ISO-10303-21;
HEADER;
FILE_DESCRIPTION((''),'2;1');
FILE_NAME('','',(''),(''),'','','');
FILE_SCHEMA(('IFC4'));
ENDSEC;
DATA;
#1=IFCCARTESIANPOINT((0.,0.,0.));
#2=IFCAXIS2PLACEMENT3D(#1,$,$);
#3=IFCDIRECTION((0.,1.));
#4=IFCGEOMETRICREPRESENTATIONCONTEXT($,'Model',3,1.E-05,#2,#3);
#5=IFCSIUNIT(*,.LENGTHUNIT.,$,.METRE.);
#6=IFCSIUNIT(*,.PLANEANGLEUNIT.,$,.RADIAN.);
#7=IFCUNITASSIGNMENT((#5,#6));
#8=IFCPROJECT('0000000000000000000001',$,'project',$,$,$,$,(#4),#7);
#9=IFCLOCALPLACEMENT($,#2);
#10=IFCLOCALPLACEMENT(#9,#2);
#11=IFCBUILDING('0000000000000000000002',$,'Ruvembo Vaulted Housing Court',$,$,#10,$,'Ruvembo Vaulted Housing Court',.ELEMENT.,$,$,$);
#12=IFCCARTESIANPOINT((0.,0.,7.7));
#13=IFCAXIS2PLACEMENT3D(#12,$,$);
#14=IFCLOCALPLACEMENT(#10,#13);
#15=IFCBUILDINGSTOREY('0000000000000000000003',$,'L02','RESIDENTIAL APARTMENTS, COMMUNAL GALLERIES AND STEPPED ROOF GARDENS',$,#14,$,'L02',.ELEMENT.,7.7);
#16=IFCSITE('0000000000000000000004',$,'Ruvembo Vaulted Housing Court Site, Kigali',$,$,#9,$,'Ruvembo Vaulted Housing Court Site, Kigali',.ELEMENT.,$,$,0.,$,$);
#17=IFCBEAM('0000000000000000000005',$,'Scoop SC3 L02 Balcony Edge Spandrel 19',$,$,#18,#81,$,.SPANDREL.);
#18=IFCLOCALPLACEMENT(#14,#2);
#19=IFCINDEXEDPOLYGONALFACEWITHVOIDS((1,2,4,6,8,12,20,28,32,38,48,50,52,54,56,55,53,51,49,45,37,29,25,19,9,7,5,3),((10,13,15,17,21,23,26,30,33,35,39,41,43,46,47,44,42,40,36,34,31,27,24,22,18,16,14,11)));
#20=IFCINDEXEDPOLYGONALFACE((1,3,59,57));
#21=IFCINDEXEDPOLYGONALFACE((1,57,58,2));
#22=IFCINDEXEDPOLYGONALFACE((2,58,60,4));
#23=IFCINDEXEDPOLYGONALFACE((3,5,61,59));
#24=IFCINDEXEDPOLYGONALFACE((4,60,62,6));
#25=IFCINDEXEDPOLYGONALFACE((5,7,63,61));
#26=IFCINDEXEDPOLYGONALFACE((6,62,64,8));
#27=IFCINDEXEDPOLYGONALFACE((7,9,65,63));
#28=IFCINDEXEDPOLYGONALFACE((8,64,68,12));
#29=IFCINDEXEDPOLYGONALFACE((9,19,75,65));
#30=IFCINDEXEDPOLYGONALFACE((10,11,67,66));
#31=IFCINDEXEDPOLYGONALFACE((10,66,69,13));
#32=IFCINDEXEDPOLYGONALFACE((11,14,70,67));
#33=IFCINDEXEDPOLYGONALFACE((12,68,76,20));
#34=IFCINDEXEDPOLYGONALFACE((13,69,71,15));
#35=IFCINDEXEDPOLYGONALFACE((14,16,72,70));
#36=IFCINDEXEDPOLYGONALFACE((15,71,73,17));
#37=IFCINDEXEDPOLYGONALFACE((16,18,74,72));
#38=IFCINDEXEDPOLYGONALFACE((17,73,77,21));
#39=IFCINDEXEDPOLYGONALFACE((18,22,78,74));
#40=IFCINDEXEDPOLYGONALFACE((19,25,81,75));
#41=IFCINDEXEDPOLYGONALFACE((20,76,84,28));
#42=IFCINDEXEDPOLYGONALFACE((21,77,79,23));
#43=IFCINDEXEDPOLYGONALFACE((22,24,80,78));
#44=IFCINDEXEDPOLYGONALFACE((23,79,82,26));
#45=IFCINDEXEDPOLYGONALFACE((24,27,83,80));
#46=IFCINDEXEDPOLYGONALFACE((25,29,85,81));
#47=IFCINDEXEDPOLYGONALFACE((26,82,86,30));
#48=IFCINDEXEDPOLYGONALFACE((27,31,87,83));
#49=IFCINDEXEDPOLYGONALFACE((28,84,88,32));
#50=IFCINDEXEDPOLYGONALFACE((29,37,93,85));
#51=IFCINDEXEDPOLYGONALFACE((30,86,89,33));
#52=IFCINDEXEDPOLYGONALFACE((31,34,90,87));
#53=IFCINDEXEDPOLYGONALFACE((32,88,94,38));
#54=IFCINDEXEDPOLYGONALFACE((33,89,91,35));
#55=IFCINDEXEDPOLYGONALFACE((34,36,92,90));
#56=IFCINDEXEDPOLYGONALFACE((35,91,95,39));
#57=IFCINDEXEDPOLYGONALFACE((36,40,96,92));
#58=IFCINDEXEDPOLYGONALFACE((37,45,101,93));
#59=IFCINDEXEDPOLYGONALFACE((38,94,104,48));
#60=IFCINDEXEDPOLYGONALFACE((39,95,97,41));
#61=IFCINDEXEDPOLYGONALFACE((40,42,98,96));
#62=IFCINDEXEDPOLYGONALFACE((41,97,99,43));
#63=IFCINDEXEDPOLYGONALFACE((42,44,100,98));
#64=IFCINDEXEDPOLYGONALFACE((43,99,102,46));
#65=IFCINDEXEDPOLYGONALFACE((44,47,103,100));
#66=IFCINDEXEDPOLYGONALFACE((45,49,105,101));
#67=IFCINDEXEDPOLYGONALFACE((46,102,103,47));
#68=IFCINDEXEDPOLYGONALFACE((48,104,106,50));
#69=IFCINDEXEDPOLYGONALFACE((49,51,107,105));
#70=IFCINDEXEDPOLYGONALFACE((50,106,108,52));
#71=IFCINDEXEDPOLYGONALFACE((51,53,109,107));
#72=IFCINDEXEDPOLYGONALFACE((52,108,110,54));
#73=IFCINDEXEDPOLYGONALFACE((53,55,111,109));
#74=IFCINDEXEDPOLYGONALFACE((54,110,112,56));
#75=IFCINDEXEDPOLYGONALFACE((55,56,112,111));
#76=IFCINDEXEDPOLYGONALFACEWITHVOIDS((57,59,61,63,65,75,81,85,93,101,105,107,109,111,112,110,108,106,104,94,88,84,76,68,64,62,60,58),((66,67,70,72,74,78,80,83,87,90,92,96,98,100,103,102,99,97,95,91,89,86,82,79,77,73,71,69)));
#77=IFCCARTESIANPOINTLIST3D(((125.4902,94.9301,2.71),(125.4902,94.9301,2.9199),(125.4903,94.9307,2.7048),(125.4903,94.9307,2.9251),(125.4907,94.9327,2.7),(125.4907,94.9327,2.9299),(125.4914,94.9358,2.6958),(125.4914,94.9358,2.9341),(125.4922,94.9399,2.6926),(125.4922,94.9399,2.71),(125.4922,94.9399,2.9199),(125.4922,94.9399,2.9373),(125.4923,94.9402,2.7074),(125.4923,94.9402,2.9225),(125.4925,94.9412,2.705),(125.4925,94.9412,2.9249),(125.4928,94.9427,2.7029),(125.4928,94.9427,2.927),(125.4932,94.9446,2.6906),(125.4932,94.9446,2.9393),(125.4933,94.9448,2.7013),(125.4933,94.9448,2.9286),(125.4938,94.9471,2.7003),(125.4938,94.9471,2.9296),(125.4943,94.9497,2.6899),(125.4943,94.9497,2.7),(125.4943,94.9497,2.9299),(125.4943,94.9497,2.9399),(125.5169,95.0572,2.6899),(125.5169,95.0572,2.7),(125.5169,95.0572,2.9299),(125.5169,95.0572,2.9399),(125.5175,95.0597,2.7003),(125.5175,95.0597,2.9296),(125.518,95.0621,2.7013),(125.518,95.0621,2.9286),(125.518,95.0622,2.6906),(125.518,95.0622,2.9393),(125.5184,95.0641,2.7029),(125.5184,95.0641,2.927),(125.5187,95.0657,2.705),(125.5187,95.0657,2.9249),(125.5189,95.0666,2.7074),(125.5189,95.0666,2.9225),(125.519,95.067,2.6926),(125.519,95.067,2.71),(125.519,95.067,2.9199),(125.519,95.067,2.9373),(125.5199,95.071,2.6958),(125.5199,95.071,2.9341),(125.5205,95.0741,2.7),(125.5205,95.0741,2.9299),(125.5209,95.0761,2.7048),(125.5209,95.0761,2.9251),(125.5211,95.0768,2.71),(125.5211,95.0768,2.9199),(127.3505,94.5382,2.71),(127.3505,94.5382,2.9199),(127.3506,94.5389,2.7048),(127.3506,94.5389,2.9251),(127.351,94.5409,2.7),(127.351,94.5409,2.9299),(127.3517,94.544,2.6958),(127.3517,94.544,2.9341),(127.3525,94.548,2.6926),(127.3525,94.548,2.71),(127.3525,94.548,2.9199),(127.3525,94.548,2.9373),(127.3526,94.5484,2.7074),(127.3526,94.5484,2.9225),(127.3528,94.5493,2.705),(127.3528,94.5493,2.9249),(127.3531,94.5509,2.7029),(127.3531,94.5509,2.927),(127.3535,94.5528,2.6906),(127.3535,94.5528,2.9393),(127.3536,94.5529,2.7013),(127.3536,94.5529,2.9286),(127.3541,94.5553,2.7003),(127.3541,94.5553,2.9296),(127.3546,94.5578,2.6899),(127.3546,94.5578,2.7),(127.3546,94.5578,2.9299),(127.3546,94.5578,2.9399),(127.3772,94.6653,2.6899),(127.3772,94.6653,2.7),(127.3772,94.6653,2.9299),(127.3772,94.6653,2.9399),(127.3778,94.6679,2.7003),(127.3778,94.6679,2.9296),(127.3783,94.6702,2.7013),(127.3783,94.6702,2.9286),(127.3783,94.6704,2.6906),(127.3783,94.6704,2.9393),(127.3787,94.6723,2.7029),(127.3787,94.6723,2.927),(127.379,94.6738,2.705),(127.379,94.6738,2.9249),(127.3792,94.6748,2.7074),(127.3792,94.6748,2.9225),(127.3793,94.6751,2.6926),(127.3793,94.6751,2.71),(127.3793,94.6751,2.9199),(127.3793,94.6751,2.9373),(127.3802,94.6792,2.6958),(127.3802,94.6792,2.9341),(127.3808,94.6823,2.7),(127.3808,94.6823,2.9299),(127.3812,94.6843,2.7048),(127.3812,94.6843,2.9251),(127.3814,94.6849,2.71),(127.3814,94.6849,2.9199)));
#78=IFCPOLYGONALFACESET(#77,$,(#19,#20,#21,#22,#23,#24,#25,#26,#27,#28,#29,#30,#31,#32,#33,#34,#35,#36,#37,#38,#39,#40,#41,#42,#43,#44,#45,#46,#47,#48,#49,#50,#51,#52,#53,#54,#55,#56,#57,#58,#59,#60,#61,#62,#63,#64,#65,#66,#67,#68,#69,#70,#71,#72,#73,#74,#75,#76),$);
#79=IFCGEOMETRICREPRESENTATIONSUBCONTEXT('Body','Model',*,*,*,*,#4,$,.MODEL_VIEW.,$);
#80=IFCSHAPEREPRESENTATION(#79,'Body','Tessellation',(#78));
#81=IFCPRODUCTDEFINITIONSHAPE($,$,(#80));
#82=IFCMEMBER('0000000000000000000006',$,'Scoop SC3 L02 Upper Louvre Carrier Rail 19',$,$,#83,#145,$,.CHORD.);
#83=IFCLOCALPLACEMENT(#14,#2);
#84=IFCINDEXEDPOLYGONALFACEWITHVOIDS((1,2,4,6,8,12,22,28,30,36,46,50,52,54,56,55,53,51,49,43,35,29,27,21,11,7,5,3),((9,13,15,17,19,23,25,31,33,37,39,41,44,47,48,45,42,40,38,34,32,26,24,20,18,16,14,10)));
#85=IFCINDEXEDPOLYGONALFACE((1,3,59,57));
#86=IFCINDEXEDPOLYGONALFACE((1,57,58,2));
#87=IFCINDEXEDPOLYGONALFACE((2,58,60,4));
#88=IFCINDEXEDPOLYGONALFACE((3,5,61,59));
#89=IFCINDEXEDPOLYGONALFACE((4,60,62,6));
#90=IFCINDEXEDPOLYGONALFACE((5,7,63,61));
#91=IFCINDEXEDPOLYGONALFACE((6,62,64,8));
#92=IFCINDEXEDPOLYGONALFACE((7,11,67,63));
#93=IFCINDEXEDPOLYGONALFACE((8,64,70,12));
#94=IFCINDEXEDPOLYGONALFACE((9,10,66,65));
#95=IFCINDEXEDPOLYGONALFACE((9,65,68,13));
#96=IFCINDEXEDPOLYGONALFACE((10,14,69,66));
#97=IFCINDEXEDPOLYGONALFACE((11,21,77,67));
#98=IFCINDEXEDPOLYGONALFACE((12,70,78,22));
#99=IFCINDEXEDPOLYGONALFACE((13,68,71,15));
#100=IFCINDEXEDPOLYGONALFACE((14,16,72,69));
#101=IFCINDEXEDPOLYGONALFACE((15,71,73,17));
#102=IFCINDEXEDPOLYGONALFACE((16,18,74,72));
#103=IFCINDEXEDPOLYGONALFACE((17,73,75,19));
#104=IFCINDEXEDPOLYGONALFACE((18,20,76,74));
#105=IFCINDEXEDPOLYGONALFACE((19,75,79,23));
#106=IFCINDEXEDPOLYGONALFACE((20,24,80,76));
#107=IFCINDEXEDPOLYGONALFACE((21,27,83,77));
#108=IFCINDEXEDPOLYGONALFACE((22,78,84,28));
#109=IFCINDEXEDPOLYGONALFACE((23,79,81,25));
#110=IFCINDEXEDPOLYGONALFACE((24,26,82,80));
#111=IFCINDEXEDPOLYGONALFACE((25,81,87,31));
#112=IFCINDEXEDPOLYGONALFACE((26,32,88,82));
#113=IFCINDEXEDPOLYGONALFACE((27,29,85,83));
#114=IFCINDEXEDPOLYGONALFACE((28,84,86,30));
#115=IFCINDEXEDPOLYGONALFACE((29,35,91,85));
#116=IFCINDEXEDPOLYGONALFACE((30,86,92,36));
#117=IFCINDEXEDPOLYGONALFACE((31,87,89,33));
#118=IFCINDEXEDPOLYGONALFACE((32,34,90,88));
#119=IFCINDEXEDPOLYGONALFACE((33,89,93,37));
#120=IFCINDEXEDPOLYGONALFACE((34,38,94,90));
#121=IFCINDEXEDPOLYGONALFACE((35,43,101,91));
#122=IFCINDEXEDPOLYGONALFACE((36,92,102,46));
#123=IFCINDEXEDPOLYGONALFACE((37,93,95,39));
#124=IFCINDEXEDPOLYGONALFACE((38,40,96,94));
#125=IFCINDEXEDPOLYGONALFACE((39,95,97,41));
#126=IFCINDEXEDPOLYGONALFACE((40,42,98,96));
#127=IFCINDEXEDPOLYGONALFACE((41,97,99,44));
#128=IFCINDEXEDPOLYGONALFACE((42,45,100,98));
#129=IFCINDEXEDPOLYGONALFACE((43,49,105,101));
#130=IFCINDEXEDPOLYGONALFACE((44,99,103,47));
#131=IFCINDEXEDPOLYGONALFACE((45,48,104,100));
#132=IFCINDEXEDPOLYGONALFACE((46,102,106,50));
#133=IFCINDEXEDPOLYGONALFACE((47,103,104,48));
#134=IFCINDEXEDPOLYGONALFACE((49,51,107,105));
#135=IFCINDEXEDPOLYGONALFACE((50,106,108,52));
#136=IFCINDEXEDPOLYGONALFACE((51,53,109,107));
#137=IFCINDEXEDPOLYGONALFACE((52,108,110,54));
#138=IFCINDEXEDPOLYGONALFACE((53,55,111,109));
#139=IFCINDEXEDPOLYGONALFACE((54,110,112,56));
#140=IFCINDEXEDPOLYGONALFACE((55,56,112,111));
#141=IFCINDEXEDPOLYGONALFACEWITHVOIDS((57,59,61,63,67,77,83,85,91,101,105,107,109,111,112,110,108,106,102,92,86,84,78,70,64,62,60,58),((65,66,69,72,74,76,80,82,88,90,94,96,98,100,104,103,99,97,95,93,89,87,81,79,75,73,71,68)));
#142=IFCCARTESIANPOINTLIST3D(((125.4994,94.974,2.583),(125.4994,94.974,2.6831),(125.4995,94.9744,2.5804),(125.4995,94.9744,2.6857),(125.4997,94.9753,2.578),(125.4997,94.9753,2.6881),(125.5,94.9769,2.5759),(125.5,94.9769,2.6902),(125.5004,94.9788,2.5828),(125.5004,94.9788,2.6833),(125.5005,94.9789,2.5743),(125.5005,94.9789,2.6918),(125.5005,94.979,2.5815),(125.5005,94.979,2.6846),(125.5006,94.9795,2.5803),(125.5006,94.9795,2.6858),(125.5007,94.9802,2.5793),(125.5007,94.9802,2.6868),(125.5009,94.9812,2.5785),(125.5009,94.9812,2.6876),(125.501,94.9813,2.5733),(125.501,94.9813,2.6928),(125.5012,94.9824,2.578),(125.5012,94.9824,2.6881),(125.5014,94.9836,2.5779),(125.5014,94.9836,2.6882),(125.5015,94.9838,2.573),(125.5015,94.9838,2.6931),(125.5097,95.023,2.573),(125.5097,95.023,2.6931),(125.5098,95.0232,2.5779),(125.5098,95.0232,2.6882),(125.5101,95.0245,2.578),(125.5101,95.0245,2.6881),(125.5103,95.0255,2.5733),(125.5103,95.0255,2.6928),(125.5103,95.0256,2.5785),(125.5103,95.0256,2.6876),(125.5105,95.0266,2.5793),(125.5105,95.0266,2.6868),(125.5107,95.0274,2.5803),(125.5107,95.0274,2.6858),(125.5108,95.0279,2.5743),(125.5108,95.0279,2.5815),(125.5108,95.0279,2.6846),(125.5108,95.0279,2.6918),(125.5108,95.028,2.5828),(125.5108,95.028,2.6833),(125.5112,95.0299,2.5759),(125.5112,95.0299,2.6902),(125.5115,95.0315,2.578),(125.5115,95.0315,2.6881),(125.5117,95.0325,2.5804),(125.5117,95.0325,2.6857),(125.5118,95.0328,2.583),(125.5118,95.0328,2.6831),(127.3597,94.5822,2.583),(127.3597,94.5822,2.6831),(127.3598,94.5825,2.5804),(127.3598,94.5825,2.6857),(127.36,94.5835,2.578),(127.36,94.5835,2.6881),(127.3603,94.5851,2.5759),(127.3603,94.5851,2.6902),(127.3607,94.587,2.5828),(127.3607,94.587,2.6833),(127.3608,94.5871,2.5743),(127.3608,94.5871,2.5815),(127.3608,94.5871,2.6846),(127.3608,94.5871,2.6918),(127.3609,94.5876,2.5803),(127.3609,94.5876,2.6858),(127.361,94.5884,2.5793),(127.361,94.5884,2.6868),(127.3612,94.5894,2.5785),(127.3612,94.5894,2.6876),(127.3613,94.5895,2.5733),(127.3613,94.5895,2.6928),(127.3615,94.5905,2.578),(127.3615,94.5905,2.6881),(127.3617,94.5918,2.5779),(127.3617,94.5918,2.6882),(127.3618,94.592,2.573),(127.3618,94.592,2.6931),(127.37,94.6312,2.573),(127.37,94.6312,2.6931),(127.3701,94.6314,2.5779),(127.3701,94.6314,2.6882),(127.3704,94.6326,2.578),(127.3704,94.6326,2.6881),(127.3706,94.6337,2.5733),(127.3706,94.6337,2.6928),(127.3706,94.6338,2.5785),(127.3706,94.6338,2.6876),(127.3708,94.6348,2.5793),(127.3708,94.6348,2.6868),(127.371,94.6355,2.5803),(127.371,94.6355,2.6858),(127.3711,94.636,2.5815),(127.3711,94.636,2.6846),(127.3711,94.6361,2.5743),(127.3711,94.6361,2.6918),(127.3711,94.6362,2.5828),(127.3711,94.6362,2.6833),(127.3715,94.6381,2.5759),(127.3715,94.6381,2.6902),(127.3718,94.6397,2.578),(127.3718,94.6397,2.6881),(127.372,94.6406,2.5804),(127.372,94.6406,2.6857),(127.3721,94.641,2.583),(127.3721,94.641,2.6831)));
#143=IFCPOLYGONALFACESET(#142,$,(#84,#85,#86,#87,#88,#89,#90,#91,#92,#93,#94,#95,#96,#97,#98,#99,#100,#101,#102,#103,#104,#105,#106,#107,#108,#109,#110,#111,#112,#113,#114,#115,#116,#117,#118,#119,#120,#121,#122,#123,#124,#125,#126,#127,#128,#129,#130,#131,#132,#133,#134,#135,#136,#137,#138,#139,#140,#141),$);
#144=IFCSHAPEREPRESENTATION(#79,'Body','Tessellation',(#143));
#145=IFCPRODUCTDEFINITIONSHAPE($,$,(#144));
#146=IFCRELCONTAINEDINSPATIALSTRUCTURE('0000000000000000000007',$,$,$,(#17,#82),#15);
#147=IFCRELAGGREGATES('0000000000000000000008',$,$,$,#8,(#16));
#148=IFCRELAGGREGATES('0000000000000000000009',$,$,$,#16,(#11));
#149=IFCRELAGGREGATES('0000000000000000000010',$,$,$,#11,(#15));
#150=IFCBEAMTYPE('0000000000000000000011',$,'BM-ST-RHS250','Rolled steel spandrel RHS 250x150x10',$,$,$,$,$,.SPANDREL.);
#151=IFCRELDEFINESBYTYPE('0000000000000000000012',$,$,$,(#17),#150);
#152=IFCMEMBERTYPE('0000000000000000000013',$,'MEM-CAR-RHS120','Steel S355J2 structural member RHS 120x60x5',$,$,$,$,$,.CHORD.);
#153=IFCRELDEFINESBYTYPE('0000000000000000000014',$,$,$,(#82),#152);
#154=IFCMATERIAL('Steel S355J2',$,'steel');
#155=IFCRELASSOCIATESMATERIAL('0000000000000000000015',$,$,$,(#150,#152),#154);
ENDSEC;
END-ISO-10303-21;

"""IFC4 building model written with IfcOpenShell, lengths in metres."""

from ifc_helpers import new_model, si_unit, direction, frame, origin, origin_2d, place, context, subcontext, project, spatial, hollow_rectangle, extrude, material, material_profile, profile_set, type_object, element, save


model = new_model("IFC4")

# Units and contexts
model_context = context("Model", 3, precision=1e-05, world=origin(), true_north=direction((0.0, 1.0)))
body_context = subcontext(model_context, "Body", "Model", "MODEL_VIEW")
ifc_project = project(units=[si_unit("LENGTHUNIT", "METRE"), si_unit("PLANEANGLEUNIT", "RADIAN")], contexts=[model_context])

# Site, building, storey
site_placement = place(None, origin())
site = spatial("IfcSite", under=ifc_project, at=site_placement, Name="Ruvembo Vaulted Housing Court Site, Kigali", LongName="Ruvembo Vaulted Housing Court Site, Kigali", CompositionType="ELEMENT", RefElevation=0.0)
building_placement = place(site_placement, origin())
building = spatial("IfcBuilding", under=site, at=building_placement, Name="Ruvembo Vaulted Housing Court", LongName="Ruvembo Vaulted Housing Court", CompositionType="ELEMENT")
storey_placement = place(building_placement, frame((0.0, 0.0, 7.7)))
storey = spatial("IfcBuildingStorey", under=building, at=storey_placement, Name="L02", Description="RESIDENTIAL APARTMENTS, COMMUNAL GALLERIES AND STEPPED ROOF GARDENS", LongName="L02", CompositionType="ELEMENT", Elevation=7.7)

# Beam
ifc_material_1 = material(Name="Steel S355J2", Category="steel")
ifc_material_profile_1 = material_profile(ifc_material_1, hollow_rectangle(XDim=0.1499, YDim=0.25, WallThickness=0.01, InnerFilletRadius=0.01, OuterFilletRadius=0.02, at=origin_2d()), Name="RHS 250x150x10")
ifc_profile_set_1 = profile_set([ifc_material_profile_1], Name="Steel S355J2")
beam_type_1 = type_object("IfcBeamType", Name="BM-ST-RHS250", Description="Rolled steel spandrel RHS 250x150x10", PredefinedType="SPANDREL", material=ifc_profile_set_1)
beam_placement = place(storey_placement, frame((125.5056, 95.0034, 2.8149), z_axis=(0.978529, -0.206108, 0.0), x_axis=(0.206108, 0.978529, 0.0)))
element("IfcBeam", 1, at=beam_placement, inside=storey, type_object=beam_type_1, Name="Scoop SC3 L02 Balcony Edge Spandrel 19", PredefinedType="SPANDREL", context=body_context, shape_type="SweptSolid", body=[
    extrude(hollow_rectangle(XDim=0.1499, YDim=0.25, WallThickness=0.01, InnerFilletRadius=0.01, OuterFilletRadius=0.02, at=origin_2d()), origin(), (0.0, 0.0, 1.0), 1.9011),
])

# Member
ifc_material_profile_2 = material_profile(ifc_material_1, hollow_rectangle(XDim=0.0601, YDim=0.1201, WallThickness=0.0049, InnerFilletRadius=0.0049, OuterFilletRadius=0.01, at=origin_2d()), Name="RHS 120x60x5")
ifc_profile_set_2 = profile_set([ifc_material_profile_2], Name="Steel S355J2")
member_type_1 = type_object("IfcMemberType", Name="MEM-CAR-RHS120", Description="Steel S355J2 structural member RHS 120x60x5", PredefinedType="CHORD", material=ifc_profile_set_2)
member_1_placement = place(storey_placement, frame((125.5056, 95.0034, 2.6331), z_axis=(0.978529, -0.206108, 0.0), x_axis=(0.206108, 0.978529, 0.0)))
element("IfcMember", 2, at=member_1_placement, inside=storey, type_object=member_type_1, Name="Scoop SC3 L02 Upper Louvre Carrier Rail 19", PredefinedType="CHORD", context=body_context, shape_type="SweptSolid", body=[
    extrude(hollow_rectangle(XDim=0.0601, YDim=0.1201, WallThickness=0.0049, InnerFilletRadius=0.0049, OuterFilletRadius=0.01, at=origin_2d()), origin(), (0.0, 0.0, 1.0), 1.9011),
])

save(model, "model.ifc")
